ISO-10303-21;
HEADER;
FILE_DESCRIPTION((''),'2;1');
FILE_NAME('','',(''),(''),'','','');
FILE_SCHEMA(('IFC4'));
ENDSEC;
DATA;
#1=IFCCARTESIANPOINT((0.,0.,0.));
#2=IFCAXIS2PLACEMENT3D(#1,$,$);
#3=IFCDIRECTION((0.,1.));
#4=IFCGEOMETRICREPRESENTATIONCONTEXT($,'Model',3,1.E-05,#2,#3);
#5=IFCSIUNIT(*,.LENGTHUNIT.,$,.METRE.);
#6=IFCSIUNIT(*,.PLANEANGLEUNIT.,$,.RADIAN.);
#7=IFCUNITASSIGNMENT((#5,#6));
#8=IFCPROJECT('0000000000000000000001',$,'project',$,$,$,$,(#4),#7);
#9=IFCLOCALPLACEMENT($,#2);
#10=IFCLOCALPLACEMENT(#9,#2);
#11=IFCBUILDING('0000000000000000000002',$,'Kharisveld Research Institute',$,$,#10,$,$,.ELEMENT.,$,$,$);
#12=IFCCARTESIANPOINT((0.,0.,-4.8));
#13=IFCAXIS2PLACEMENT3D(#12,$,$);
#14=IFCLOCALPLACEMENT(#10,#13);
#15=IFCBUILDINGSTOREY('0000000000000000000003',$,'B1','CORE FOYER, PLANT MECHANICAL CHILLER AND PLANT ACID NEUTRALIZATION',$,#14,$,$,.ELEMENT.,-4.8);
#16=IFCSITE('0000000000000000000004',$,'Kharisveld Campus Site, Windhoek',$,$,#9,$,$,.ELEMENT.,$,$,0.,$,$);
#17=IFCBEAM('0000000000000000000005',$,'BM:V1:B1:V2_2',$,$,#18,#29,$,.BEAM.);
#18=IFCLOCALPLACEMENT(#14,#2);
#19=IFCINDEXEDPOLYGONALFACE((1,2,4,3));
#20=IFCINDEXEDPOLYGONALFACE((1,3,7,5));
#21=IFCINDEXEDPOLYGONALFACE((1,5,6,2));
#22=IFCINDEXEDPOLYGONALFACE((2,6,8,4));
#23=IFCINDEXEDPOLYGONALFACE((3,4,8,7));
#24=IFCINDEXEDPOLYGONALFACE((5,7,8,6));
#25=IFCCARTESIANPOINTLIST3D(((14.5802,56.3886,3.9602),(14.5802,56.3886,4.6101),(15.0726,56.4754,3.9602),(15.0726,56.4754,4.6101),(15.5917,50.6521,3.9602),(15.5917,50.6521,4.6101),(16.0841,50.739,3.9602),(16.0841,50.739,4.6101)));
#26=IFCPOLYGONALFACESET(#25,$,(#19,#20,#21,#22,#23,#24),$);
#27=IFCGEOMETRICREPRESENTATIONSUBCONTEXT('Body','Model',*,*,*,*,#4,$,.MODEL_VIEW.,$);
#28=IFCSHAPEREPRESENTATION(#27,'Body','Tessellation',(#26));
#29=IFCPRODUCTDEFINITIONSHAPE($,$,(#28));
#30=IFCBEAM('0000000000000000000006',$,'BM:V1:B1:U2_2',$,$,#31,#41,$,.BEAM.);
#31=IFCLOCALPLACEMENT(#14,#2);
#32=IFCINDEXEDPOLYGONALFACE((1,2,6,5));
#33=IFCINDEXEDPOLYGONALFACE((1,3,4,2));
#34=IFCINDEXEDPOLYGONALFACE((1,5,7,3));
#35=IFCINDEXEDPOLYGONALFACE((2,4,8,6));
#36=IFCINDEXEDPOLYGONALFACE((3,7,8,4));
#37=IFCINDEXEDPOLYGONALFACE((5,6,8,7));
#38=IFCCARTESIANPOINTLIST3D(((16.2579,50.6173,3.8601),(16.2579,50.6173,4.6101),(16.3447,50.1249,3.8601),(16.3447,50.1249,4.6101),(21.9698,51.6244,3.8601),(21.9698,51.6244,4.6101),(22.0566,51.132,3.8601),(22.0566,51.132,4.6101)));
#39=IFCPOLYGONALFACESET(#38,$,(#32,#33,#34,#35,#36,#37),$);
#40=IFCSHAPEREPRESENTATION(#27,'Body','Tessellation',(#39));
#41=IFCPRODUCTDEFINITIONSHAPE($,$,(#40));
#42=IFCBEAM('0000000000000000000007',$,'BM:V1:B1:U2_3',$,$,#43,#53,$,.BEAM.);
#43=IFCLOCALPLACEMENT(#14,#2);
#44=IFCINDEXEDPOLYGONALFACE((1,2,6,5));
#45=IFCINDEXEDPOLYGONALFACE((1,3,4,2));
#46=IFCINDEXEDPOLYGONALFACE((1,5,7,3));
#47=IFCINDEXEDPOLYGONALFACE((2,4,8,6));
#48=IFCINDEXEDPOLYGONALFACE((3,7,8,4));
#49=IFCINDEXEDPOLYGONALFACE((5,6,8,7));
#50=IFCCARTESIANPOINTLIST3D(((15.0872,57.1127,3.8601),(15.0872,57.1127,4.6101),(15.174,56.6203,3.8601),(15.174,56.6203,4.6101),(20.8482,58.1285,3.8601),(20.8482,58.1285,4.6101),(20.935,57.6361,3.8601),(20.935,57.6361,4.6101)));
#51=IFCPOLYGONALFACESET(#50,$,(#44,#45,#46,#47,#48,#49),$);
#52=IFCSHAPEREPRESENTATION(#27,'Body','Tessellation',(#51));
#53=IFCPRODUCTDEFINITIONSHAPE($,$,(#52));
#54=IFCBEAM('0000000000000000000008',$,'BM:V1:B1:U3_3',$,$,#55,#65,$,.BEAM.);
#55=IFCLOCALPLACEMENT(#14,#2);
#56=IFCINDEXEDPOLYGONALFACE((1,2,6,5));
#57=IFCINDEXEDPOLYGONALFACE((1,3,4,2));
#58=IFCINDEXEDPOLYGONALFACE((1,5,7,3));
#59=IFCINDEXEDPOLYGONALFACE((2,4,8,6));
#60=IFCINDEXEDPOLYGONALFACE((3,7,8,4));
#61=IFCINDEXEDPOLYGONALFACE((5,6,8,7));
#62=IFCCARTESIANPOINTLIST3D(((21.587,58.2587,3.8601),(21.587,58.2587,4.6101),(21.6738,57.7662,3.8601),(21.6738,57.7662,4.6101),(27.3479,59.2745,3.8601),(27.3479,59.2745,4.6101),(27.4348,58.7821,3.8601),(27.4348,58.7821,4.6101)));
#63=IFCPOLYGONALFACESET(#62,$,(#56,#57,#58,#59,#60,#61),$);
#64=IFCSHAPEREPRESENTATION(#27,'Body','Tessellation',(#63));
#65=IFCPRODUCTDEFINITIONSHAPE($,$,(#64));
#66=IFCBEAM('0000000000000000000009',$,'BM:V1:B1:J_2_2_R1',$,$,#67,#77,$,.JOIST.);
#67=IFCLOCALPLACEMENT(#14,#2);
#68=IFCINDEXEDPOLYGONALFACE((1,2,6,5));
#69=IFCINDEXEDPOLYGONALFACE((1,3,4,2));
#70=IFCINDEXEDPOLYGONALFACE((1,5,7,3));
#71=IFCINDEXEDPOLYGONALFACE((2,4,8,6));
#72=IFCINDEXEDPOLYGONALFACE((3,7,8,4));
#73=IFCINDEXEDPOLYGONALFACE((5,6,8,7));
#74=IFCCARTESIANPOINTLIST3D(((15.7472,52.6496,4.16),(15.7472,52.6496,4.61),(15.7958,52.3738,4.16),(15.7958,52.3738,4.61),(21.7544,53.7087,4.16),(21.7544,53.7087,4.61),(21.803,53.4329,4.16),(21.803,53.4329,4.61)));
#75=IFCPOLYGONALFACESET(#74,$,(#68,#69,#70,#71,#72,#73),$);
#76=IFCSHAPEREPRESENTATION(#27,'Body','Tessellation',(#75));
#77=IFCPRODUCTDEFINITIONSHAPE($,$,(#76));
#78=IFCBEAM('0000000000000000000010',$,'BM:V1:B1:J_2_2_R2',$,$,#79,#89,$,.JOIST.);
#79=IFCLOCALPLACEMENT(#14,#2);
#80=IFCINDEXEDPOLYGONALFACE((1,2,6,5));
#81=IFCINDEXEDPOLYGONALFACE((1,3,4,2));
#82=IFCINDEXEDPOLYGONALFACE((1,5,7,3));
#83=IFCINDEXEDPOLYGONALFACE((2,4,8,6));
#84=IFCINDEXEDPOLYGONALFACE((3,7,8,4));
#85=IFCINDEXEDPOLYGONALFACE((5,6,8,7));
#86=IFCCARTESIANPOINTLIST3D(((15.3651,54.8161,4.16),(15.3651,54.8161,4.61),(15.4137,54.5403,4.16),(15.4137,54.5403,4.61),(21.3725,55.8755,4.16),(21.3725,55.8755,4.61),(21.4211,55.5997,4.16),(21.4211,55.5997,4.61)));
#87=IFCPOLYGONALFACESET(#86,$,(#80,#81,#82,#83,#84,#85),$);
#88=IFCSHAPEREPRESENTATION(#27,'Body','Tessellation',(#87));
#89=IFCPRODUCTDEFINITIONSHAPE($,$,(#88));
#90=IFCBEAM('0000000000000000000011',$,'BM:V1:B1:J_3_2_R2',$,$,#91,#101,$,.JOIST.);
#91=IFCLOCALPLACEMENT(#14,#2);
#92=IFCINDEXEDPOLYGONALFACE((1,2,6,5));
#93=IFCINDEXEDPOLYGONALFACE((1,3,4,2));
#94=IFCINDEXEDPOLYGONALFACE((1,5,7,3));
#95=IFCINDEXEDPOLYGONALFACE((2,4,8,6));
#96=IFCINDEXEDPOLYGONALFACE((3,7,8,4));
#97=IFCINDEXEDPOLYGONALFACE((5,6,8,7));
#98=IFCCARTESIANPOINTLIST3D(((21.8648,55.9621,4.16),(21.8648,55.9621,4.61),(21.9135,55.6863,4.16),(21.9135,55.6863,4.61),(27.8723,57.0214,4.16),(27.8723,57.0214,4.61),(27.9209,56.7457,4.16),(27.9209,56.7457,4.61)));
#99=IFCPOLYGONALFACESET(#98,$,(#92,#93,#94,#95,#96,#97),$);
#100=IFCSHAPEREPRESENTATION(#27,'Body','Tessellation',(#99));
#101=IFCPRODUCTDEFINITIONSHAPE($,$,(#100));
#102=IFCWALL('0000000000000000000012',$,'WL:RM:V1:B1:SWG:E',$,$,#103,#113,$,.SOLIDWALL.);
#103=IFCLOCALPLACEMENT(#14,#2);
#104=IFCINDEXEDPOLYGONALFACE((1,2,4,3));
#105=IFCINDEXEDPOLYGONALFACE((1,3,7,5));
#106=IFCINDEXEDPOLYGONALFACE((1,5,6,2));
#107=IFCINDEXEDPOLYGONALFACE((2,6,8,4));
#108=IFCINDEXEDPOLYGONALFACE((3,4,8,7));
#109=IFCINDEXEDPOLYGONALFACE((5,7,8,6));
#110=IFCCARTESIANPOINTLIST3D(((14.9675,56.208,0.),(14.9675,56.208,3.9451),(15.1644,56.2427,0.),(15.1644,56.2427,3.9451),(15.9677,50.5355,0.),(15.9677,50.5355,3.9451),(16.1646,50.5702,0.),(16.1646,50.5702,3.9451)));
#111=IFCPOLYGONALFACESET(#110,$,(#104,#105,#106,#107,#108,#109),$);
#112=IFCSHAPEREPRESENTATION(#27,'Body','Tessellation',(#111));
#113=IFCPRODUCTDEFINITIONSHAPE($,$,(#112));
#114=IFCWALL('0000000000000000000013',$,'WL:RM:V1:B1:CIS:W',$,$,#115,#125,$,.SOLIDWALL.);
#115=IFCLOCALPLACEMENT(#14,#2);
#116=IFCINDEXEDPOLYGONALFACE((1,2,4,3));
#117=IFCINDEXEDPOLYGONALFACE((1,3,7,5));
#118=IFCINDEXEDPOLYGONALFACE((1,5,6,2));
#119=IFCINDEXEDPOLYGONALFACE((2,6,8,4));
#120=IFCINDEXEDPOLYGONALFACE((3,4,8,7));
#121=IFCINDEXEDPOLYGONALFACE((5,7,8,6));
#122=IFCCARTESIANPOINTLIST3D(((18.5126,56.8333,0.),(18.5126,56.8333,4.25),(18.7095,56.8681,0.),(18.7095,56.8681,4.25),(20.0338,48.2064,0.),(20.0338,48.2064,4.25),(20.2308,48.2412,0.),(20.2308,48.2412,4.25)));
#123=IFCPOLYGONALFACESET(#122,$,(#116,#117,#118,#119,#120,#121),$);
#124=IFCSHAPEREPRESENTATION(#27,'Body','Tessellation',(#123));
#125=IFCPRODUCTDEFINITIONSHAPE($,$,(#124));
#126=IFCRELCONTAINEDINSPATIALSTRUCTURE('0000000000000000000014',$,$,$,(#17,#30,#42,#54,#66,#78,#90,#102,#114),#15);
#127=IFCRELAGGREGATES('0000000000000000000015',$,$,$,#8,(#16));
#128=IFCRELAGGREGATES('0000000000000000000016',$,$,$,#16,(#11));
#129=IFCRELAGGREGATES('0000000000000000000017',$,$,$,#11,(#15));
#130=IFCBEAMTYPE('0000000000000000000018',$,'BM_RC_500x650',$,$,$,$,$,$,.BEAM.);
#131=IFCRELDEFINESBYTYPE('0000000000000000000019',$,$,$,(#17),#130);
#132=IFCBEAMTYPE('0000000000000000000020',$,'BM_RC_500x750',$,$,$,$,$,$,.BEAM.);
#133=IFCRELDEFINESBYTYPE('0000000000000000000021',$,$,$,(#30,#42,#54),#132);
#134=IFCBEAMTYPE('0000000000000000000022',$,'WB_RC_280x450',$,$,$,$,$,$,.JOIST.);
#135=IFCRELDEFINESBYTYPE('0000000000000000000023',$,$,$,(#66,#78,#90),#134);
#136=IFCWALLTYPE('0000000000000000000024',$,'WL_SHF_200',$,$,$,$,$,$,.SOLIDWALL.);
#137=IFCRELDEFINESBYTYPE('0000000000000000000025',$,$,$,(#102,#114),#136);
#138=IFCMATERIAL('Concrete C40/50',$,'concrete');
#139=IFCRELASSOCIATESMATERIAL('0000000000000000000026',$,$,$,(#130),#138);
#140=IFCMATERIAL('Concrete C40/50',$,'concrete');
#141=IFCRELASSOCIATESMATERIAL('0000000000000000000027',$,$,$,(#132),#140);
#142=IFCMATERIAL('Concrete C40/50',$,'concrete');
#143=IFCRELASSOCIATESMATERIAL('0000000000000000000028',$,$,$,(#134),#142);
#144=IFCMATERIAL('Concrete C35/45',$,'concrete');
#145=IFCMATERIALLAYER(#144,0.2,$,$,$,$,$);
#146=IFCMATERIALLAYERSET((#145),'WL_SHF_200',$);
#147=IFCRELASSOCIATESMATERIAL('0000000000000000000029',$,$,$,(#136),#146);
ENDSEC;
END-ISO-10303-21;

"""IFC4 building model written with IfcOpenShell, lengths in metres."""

from ifc_helpers import new_model, si_unit, direction, frame, frame_2d, origin, origin_2d, place, context, subcontext, project, spatial, rectangle, extrude, material, layer, layer_set, material_profile, profile_set, type_object, element, save


model = new_model("IFC4")

# Units and contexts
model_context = context("Model", 3, precision=1e-05, world=origin(), true_north=direction((0.0, 1.0)))
body_context = subcontext(model_context, "Body", "Model", "MODEL_VIEW")
ifc_project = project(units=[si_unit("LENGTHUNIT", "METRE"), si_unit("PLANEANGLEUNIT", "RADIAN")], contexts=[model_context])

# Site, building, storey
site_placement = place(None, origin())
site = spatial("IfcSite", under=ifc_project, at=site_placement, Name="Kharisveld Campus Site, Windhoek", CompositionType="ELEMENT", RefElevation=0.0)
building_placement = place(site_placement, origin())
building = spatial("IfcBuilding", under=site, at=building_placement, Name="Kharisveld Research Institute", CompositionType="ELEMENT")
storey_placement = place(building_placement, frame((0.0, 0.0, -4.8)))
storey = spatial("IfcBuildingStorey", under=building, at=storey_placement, Name="B1", Description="CORE FOYER, PLANT MECHANICAL CHILLER AND PLANT ACID NEUTRALIZATION", CompositionType="ELEMENT", Elevation=-4.8)

# Beams
ifc_material_1 = material(Name="Concrete C40/50", Category="concrete")
ifc_material_profile_1 = material_profile(ifc_material_1, rectangle(XDim=0.5, YDim=0.6499, at=origin_2d()))
ifc_profile_set_1 = profile_set([ifc_material_profile_1], Name="Concrete C40/50")
beam_type_1 = type_object("IfcBeamType", Name="BM_RC_500x650", PredefinedType="BEAM", material=ifc_profile_set_1)
beam_1_placement = place(storey_placement, frame((15.8379, 50.6956, 4.2852), z_axis=(-0.173642, 0.984809, 0.0), x_axis=(-0.984809, -0.173642, 0.0)))
element("IfcBeam", 1, at=beam_1_placement, inside=storey, type_object=beam_type_1, Name="BM:V1:B1:V2_2", PredefinedType="BEAM", context=body_context, shape_type="SweptSolid", body=[
    extrude(rectangle(XDim=0.5, YDim=0.6499, at=origin_2d()), origin(), (0.0, 0.0, 1.0), 5.825),
])
ifc_material_2 = material(Name="Concrete C40/50", Category="concrete")
ifc_material_profile_2 = material_profile(ifc_material_2, rectangle(XDim=0.5, YDim=0.75, at=origin_2d()))
ifc_profile_set_2 = profile_set([ifc_material_profile_2], Name="Concrete C40/50")
beam_type_2 = type_object("IfcBeamType", Name="BM_RC_500x750", PredefinedType="BEAM", material=ifc_profile_set_2)
beam_2_placement = place(storey_placement, frame((16.3013, 50.3711, 4.2351), z_axis=(0.98481, 0.173634, 0.0), x_axis=(-0.173634, 0.98481, 0.0)))
element("IfcBeam", 2, at=beam_2_placement, inside=storey, type_object=beam_type_2, Name="BM:V1:B1:U2_2", PredefinedType="BEAM", context=body_context, shape_type="SweptSolid", body=[
    extrude(rectangle(XDim=0.5, YDim=0.75, at=origin_2d()), origin(), (0.0, 0.0, 1.0), 5.8),
])
for number, where, z_axis, x_axis, name in (
    (3, (15.1306, 56.8665, 4.2351), (0.984806, 0.173657, 0.0), (-0.173657, 0.984806, 0.0), "BM:V1:B1:U2_3"),
    (4, (21.6304, 58.0125, 4.2351), (0.984806, 0.173657, 0.0), (-0.173657, 0.984806, 0.0), "BM:V1:B1:U3_3"),
):
    element("IfcBeam", number, at=place(storey_placement, frame(where, z_axis=z_axis, x_axis=x_axis)), inside=storey, type_object=beam_type_2, Name=name, PredefinedType="BEAM", context=body_context, shape_type="SweptSolid", body=[
        extrude(rectangle(XDim=0.5, YDim=0.75, at=origin_2d()), origin(), (0.0, 0.0, 1.0), 5.8499),
    ])
ifc_material_3 = material(Name="Concrete C40/50", Category="concrete")
ifc_material_profile_3 = material_profile(ifc_material_3, rectangle(XDim=0.28, YDim=0.45, at=origin_2d()))
ifc_profile_set_3 = profile_set([ifc_material_profile_3], Name="Concrete C40/50")
beam_type_3 = type_object("IfcBeamType", Name="WB_RC_280x450", PredefinedType="JOIST", material=ifc_profile_set_3)
beam_3_placement = place(storey_placement, frame((15.7715, 52.5117, 4.385), z_axis=(0.984813, 0.173621, 0.0), x_axis=(-0.173621, 0.984813, 0.0)))
element("IfcBeam", 5, at=beam_3_placement, inside=storey, type_object=beam_type_3, Name="BM:V1:B1:J_2_2_R1", PredefinedType="JOIST", context=body_context, shape_type="SweptSolid", body=[
    extrude(rectangle(XDim=0.28, YDim=0.45, at=origin_2d()), origin(), (0.0, 0.0, 1.0), 6.0999),
])
for number, where, z_axis, x_axis, name in (
    (6, (15.3894, 54.6782, 4.385), (0.984806, 0.17366, 0.0), (-0.17366, 0.984806, 0.0), "BM:V1:B1:J_2_2_R2"),
    (7, (21.8892, 55.8242, 4.385), (0.984806, 0.17366, 0.0), (-0.17366, 0.984806, 0.0), "BM:V1:B1:J_3_2_R2"),
):
    element("IfcBeam", number, at=place(storey_placement, frame(where, z_axis=z_axis, x_axis=x_axis)), inside=storey, type_object=beam_type_3, Name=name, PredefinedType="JOIST", context=body_context, shape_type="SweptSolid", body=[
        extrude(rectangle(XDim=0.28, YDim=0.45, at=origin_2d()), origin(), (0.0, 0.0, 1.0), 6.1001),
    ])

# Walls
ifc_material_4 = material(Name="Concrete C35/45", Category="concrete")
ifc_layer = layer(ifc_material_4, 0.2)
ifc_layer_set = layer_set([ifc_layer], Name="WL_SHF_200")
wall_type = type_object("IfcWallType", Name="WL_SHF_200", PredefinedType="SOLIDWALL", material=ifc_layer_set)
wall_1_placement = place(storey_placement, frame((16.0662, 50.553, 0.0), z_axis=(0.0, 0.0, 1.0), x_axis=(-0.17365, 0.984807, 0.0)))
element("IfcWall", 8, at=wall_1_placement, inside=storey, type_object=wall_type, Name="WL:RM:V1:B1:SWG:E", PredefinedType="SOLIDWALL", context=body_context, shape_type="SweptSolid", body=[
    extrude(rectangle(XDim=5.76, YDim=0.2, at=frame_2d((2.8799, 0.0))), origin(), (0.0, 0.0, 1.0), 3.9451),
])
wall_2_placement = place(storey_placement, frame((18.6111, 56.8506, 0.0), z_axis=(0.0, 0.0, 1.0), x_axis=(0.173657, -0.984806, 0.0)))
element("IfcWall", 9, at=wall_2_placement, inside=storey, type_object=wall_type, Name="WL:RM:V1:B1:CIS:W", PredefinedType="SOLIDWALL", context=body_context, shape_type="SweptSolid", body=[
    extrude(rectangle(XDim=8.76, YDim=0.2, at=frame_2d((4.3799, 0.0))), origin(), (0.0, 0.0, 1.0), 4.25),
])

save(model, "model.ifc")
